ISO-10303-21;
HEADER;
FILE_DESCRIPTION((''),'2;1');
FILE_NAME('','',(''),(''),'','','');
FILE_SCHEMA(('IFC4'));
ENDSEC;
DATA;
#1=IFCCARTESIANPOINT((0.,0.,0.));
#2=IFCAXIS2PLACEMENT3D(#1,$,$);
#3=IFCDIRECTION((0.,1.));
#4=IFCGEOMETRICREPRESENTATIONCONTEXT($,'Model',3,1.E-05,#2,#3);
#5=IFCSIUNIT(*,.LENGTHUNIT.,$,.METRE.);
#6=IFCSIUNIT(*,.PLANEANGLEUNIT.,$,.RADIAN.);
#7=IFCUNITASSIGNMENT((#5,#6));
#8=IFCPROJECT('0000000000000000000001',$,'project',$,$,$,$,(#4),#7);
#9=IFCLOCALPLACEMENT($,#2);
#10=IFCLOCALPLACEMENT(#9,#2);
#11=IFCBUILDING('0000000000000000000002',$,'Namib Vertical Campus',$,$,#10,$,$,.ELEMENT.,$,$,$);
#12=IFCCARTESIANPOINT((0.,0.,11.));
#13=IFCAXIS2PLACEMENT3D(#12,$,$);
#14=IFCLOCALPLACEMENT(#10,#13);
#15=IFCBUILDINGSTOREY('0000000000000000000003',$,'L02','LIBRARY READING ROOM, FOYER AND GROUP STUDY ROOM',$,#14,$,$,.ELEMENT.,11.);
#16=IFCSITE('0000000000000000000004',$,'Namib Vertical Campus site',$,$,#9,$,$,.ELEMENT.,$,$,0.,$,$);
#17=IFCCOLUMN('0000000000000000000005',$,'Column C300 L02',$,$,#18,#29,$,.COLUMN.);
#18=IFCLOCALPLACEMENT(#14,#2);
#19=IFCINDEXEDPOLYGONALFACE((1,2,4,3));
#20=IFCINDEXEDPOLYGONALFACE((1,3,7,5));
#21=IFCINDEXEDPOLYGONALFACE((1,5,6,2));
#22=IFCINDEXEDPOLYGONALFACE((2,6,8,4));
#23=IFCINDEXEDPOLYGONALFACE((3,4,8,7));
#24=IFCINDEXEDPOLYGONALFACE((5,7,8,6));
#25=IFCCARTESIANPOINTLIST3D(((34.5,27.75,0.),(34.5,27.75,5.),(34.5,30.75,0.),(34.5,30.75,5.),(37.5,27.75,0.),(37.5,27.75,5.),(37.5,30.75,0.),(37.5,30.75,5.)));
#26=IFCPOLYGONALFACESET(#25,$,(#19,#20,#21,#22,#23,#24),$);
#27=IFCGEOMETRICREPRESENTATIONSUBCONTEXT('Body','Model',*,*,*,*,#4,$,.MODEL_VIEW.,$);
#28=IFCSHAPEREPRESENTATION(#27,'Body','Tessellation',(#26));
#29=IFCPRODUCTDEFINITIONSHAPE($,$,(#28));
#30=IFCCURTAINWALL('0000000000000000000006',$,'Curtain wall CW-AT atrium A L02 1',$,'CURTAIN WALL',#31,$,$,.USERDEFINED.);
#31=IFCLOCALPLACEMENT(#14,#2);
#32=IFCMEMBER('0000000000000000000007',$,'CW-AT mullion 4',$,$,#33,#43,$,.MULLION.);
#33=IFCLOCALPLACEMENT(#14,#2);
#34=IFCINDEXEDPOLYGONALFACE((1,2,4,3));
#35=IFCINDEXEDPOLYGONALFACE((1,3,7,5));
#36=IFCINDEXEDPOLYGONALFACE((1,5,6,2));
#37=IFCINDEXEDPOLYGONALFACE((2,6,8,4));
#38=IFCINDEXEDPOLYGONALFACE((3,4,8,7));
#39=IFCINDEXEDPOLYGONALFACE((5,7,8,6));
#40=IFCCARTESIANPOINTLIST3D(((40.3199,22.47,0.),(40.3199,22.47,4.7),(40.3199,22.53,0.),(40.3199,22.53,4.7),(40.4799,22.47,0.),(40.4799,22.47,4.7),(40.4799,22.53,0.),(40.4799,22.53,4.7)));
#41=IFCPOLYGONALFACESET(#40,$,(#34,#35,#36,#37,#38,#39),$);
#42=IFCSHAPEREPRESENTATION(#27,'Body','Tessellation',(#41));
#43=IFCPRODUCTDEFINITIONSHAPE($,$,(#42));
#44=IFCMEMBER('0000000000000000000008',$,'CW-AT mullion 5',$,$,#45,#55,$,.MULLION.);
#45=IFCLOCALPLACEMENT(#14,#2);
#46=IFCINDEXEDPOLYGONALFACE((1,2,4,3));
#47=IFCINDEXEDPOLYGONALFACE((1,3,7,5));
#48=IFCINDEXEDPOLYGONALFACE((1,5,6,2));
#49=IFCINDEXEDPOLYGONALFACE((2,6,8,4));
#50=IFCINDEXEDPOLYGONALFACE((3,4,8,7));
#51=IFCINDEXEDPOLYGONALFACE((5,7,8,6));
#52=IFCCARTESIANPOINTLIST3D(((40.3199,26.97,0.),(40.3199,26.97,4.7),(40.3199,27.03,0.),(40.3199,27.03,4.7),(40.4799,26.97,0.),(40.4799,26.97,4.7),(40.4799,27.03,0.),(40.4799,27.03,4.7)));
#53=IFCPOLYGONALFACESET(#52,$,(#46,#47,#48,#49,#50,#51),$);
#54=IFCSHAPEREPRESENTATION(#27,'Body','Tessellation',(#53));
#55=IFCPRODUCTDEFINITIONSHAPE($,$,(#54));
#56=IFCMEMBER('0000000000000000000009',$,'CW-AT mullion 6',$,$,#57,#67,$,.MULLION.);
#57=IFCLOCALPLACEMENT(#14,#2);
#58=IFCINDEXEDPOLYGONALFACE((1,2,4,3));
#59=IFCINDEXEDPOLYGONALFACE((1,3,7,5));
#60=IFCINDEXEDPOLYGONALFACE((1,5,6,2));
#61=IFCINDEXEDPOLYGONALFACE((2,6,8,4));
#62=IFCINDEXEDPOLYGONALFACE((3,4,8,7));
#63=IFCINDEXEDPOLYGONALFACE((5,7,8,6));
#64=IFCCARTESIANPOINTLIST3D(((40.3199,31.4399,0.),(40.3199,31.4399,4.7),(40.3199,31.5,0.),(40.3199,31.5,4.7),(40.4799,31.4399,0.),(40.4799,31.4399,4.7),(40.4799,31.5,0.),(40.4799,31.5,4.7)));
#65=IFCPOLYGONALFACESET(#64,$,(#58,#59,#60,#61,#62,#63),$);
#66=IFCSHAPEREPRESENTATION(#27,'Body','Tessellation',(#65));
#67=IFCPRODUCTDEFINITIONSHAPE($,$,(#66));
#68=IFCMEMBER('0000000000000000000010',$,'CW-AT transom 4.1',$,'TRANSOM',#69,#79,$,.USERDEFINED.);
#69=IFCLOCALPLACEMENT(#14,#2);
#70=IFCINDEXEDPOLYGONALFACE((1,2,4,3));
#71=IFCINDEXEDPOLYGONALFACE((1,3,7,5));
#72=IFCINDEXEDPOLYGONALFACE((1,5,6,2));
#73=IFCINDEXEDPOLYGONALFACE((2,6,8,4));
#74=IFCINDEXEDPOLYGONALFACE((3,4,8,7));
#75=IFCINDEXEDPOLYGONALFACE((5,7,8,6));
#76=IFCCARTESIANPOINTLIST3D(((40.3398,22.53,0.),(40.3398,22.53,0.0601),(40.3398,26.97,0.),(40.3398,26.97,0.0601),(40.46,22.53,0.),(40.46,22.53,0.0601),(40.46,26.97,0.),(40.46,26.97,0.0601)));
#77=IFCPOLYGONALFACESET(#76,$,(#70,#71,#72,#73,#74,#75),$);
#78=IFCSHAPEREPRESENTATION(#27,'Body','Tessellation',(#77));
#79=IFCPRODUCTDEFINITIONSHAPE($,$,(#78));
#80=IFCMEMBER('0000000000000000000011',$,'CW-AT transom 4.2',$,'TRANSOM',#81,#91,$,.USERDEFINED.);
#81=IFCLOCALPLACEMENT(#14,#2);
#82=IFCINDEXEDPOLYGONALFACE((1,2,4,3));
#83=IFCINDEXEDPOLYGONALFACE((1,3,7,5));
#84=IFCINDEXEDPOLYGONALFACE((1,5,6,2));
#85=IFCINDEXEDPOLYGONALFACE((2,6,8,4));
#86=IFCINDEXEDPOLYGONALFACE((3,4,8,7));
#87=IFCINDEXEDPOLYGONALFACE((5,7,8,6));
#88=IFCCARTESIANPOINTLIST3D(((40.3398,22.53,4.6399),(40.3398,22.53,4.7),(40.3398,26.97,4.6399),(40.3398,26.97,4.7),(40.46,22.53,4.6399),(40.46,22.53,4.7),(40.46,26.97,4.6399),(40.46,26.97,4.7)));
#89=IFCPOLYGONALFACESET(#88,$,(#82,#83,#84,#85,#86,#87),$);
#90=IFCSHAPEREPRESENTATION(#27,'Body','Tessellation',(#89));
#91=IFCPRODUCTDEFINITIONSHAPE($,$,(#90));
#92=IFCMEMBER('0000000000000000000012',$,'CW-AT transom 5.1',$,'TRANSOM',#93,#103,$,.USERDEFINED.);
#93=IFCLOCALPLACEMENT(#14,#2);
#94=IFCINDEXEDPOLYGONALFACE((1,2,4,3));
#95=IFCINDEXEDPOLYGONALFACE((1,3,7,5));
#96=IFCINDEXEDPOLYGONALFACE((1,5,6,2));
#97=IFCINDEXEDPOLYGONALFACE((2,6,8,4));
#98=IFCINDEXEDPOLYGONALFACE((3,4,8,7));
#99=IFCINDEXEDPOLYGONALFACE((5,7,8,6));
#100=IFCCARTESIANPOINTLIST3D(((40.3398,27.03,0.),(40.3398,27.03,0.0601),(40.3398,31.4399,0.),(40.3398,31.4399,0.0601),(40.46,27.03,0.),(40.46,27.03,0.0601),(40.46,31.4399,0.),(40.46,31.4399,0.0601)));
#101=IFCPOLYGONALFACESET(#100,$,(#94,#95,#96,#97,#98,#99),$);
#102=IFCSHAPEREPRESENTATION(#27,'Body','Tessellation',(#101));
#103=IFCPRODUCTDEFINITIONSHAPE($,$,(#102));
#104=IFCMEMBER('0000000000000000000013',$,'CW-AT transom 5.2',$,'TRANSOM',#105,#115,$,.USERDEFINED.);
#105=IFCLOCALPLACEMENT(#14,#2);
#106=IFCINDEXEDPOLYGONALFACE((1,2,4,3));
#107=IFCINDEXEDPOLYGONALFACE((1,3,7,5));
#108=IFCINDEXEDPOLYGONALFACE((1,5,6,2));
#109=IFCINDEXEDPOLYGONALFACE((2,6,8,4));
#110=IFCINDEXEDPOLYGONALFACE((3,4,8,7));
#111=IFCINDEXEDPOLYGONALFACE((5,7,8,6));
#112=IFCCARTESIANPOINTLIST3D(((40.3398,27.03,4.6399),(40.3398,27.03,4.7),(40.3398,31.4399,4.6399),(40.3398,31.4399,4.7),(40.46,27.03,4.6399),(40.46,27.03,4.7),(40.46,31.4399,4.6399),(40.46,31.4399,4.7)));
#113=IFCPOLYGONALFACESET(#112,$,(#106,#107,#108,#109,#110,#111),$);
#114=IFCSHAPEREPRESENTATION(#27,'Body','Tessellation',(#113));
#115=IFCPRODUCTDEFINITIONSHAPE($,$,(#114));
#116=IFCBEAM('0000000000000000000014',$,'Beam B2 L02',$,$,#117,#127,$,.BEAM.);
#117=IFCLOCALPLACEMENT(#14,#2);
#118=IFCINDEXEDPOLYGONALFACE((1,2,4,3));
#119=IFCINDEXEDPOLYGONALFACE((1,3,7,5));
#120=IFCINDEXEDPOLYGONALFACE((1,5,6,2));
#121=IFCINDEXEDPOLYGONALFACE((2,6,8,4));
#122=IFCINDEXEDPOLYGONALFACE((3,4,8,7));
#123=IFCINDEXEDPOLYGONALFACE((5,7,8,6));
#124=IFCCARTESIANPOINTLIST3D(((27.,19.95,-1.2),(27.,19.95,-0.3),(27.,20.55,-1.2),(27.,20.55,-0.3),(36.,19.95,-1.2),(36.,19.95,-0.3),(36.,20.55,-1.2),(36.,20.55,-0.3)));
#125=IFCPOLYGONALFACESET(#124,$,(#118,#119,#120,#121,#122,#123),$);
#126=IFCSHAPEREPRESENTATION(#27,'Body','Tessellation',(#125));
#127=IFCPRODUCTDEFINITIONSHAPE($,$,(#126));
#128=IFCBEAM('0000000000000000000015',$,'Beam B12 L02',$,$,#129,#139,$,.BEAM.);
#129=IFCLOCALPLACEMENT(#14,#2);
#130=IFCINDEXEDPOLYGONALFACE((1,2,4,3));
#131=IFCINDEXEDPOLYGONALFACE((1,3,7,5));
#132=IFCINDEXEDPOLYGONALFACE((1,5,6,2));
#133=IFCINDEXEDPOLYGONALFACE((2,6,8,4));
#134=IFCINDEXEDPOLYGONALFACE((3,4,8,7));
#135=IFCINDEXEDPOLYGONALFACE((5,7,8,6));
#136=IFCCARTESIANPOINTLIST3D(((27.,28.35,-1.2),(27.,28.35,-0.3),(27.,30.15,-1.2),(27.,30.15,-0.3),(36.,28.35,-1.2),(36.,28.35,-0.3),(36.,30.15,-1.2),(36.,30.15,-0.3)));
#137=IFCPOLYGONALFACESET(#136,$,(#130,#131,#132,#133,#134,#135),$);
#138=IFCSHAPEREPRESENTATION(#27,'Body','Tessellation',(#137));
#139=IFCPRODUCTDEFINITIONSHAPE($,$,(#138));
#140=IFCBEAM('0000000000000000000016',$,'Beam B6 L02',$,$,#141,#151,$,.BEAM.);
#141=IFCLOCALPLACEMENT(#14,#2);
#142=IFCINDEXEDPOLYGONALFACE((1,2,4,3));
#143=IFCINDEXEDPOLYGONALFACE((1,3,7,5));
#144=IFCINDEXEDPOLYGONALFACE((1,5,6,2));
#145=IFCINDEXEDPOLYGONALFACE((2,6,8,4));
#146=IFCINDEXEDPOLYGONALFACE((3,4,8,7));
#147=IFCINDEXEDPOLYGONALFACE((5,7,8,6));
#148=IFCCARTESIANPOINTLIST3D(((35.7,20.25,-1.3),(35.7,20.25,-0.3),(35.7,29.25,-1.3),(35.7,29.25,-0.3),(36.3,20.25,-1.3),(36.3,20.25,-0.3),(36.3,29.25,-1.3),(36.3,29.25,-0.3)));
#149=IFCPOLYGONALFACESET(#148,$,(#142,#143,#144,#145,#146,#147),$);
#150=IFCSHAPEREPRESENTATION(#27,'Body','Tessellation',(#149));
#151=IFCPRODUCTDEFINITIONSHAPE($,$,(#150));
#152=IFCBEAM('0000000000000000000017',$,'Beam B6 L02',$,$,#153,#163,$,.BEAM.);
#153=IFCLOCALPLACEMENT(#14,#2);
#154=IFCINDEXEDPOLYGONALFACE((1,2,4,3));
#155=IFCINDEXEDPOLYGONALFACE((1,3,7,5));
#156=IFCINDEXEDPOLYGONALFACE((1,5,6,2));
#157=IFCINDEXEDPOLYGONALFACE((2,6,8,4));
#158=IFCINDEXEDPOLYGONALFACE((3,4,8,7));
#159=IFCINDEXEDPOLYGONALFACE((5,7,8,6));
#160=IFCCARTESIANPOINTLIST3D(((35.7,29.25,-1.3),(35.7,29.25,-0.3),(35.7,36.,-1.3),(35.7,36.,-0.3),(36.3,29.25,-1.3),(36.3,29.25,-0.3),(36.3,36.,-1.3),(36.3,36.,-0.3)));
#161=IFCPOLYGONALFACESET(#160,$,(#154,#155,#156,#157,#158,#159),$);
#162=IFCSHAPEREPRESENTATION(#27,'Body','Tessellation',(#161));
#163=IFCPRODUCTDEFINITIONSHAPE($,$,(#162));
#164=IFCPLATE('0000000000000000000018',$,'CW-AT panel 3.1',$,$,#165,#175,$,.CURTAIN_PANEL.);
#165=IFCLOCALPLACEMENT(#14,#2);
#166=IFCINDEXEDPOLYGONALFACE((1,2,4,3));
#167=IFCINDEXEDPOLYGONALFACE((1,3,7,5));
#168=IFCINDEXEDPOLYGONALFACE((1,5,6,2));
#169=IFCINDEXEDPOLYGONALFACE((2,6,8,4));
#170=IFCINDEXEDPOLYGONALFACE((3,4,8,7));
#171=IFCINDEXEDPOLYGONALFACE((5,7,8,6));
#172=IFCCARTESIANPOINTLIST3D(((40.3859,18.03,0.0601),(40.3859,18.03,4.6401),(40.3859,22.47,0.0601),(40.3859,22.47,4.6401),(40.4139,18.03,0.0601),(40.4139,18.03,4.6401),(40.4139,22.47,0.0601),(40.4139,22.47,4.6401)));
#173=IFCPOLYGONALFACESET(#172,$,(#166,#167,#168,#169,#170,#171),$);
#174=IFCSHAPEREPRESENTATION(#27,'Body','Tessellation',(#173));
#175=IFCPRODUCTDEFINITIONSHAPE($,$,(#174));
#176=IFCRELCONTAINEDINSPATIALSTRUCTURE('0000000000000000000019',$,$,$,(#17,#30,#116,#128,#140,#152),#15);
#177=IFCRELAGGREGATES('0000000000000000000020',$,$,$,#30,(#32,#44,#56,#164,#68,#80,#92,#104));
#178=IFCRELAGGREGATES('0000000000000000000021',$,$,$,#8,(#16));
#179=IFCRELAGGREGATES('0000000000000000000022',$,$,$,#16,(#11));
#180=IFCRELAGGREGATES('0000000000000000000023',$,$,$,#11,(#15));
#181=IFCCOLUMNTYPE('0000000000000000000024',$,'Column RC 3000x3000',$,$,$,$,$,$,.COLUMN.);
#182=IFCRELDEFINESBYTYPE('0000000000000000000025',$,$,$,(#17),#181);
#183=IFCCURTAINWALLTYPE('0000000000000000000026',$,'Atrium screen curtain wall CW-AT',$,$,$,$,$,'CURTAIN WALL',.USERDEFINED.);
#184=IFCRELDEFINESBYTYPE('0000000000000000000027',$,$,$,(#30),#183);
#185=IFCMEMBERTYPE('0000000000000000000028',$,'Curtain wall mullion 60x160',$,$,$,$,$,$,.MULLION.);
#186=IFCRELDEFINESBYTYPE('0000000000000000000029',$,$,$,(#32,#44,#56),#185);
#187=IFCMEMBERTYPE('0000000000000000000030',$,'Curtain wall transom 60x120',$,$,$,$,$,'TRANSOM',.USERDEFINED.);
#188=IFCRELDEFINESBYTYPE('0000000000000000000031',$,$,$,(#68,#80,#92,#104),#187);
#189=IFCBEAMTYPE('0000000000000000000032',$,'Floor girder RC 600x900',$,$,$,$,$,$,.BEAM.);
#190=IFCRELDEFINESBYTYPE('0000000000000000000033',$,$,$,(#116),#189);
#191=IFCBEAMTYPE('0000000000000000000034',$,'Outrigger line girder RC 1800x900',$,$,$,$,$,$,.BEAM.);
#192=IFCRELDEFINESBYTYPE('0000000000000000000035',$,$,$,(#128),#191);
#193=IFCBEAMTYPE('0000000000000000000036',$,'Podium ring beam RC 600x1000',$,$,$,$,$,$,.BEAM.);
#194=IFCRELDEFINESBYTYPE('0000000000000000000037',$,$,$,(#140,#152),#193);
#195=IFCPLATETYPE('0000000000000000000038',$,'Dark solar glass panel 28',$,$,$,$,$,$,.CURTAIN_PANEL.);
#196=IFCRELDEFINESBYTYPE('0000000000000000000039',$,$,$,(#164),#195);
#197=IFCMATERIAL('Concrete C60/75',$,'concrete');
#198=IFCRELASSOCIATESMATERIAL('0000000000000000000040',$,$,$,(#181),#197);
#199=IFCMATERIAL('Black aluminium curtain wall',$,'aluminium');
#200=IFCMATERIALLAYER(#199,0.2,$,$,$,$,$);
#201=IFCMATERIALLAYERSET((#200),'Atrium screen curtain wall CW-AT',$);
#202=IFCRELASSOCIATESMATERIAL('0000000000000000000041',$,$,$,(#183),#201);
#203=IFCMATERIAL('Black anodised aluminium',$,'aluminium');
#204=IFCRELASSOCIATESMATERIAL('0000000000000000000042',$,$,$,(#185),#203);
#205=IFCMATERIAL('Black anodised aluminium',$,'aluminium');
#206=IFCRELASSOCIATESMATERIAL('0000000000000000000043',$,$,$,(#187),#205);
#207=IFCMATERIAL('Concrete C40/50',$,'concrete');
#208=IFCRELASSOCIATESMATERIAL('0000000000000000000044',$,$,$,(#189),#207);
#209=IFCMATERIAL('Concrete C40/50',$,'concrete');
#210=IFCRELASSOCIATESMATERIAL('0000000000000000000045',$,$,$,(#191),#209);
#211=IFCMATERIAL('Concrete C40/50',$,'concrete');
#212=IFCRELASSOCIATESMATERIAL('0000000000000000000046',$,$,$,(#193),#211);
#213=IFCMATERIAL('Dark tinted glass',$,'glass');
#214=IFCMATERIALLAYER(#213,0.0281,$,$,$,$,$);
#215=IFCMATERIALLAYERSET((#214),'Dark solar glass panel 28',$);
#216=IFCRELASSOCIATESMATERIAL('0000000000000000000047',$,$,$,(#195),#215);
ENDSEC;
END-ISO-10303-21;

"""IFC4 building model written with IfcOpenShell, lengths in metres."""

from ifc_helpers import new_model, si_unit, direction, frame, origin, origin_2d, place, context, subcontext, project, spatial, rectangle, extrude, material, layer, layer_set, material_profile, profile_set, type_object, element, aggregate, save


model = new_model("IFC4")

# Units and contexts
model_context = context("Model", 3, precision=1e-05, world=origin(), true_north=direction((0.0, 1.0)))
body_context = subcontext(model_context, "Body", "Model", "MODEL_VIEW")
ifc_project = project(units=[si_unit("LENGTHUNIT", "METRE"), si_unit("PLANEANGLEUNIT", "RADIAN")], contexts=[model_context])

# Site, building, storey
site_placement = place(None, origin())
site = spatial("IfcSite", under=ifc_project, at=site_placement, Name="Namib Vertical Campus site", CompositionType="ELEMENT", RefElevation=0.0)
building_placement = place(site_placement, origin())
building = spatial("IfcBuilding", under=site, at=building_placement, Name="Namib Vertical Campus", CompositionType="ELEMENT")
storey_placement = place(building_placement, frame((0.0, 0.0, 11.0)))
storey = spatial("IfcBuildingStorey", under=building, at=storey_placement, Name="L02", Description="LIBRARY READING ROOM, FOYER AND GROUP STUDY ROOM", CompositionType="ELEMENT", Elevation=11.0)

# Column
ifc_material_1 = material(Name="Concrete C60/75", Category="concrete")
ifc_material_profile_1 = material_profile(ifc_material_1, rectangle(XDim=3.0, YDim=3.0, at=origin_2d()))
ifc_profile_set_1 = profile_set([ifc_material_profile_1], Name="Concrete C60/75")
column_type = type_object("IfcColumnType", Name="Column RC 3000x3000", PredefinedType="COLUMN", material=ifc_profile_set_1)
column_placement = place(storey_placement, frame((36.0, 29.25, 0.0), z_axis=(0.0, 0.0, 1.0), x_axis=(1.0, 0.0, 0.0)))
element("IfcColumn", 1, at=column_placement, inside=storey, type_object=column_type, Name="Column C300 L02", PredefinedType="COLUMN", context=body_context, shape_type="SweptSolid", body=[
    extrude(rectangle(XDim=3.0, YDim=3.0, at=origin_2d()), origin(), (0.0, 0.0, 1.0), 5.0),
])

# Curtain wall, members
ifc_material_2 = material(Name="Black aluminium curtain wall", Category="aluminium")
ifc_layer_1 = layer(ifc_material_2, 0.2)
ifc_layer_set_1 = layer_set([ifc_layer_1], Name="Atrium screen curtain wall CW-AT")
curtain_wall_type = type_object("IfcCurtainWallType", Name="Atrium screen curtain wall CW-AT", ElementType="CURTAIN WALL", PredefinedType="USERDEFINED", material=ifc_layer_set_1)
curtain_wall_placement = place(storey_placement, origin())
curtain_wall = element("IfcCurtainWall", 2, at=curtain_wall_placement, inside=storey, type_object=curtain_wall_type, Name="Curtain wall CW-AT atrium A L02 1", ObjectType="CURTAIN WALL", PredefinedType="USERDEFINED")
ifc_material_3 = material(Name="Black anodised aluminium", Category="aluminium")
ifc_material_profile_2 = material_profile(ifc_material_3, rectangle(XDim=0.0601, YDim=0.1599, at=origin_2d()))
ifc_profile_set_2 = profile_set([ifc_material_profile_2], Name="Black anodised aluminium")
member_type_1 = type_object("IfcMemberType", Name="Curtain wall mullion 60x160", PredefinedType="MULLION", material=ifc_profile_set_2)
member_1_placement = place(storey_placement, frame((40.3999, 22.5, 0.0), z_axis=(0.0, 0.0, 1.0), x_axis=(0.0, 1.0, 0.0)))
member_1 = element("IfcMember", 3, at=member_1_placement, type_object=member_type_1, Name="CW-AT mullion 4", PredefinedType="MULLION", context=body_context, shape_type="SweptSolid", body=[
    extrude(rectangle(XDim=0.0601, YDim=0.1599, at=origin_2d()), origin(), (0.0, 0.0, 1.0), 4.7),
])
member_2_placement = place(storey_placement, frame((40.3999, 27.0, 0.0), z_axis=(0.0, 0.0, 1.0), x_axis=(0.0, 1.0, 0.0)))
member_2 = element("IfcMember", 4, at=member_2_placement, type_object=member_type_1, Name="CW-AT mullion 5", PredefinedType="MULLION", context=body_context, shape_type="SweptSolid", body=[
    extrude(rectangle(XDim=0.0601, YDim=0.1599, at=origin_2d()), origin(), (0.0, 0.0, 1.0), 4.7),
])
member_3_placement = place(storey_placement, frame((40.3999, 31.47, 0.0), z_axis=(0.0, 0.0, 1.0), x_axis=(0.0, 1.0, 0.0)))
member_3 = element("IfcMember", 5, at=member_3_placement, type_object=member_type_1, Name="CW-AT mullion 6", PredefinedType="MULLION", context=body_context, shape_type="SweptSolid", body=[
    extrude(rectangle(XDim=0.0601, YDim=0.1599, at=origin_2d()), origin(), (0.0, 0.0, 1.0), 4.7),
])
ifc_material_4 = material(Name="Black anodised aluminium", Category="aluminium")
ifc_material_profile_3 = material_profile(ifc_material_4, rectangle(XDim=0.0601, YDim=0.1201, at=origin_2d()))
ifc_profile_set_3 = profile_set([ifc_material_profile_3], Name="Black anodised aluminium")
member_type_2 = type_object("IfcMemberType", Name="Curtain wall transom 60x120", ElementType="TRANSOM", PredefinedType="USERDEFINED", material=ifc_profile_set_3)
member_4_placement = place(storey_placement, frame((40.3999, 22.53, 0.03), z_axis=(0.0, 1.0, 0.0), x_axis=(0.0, 0.0, 1.0)))
member_4 = element("IfcMember", 6, at=member_4_placement, type_object=member_type_2, Name="CW-AT transom 4.1", ObjectType="TRANSOM", PredefinedType="USERDEFINED", context=body_context, shape_type="SweptSolid", body=[
    extrude(rectangle(XDim=0.0601, YDim=0.1201, at=origin_2d()), origin(), (0.0, 0.0, 1.0), 4.4399),
])
member_5_placement = place(storey_placement, frame((40.3999, 22.53, 4.6699), z_axis=(0.0, 1.0, 0.0), x_axis=(0.0, 0.0, 1.0)))
member_5 = element("IfcMember", 7, at=member_5_placement, type_object=member_type_2, Name="CW-AT transom 4.2", ObjectType="TRANSOM", PredefinedType="USERDEFINED", context=body_context, shape_type="SweptSolid", body=[
    extrude(rectangle(XDim=0.0601, YDim=0.1201, at=origin_2d()), origin(), (0.0, 0.0, 1.0), 4.4399),
])
member_6_placement = place(storey_placement, frame((40.3999, 27.03, 0.03), z_axis=(0.0, 1.0, 0.0), x_axis=(0.0, 0.0, 1.0)))
member_6 = element("IfcMember", 8, at=member_6_placement, type_object=member_type_2, Name="CW-AT transom 5.1", ObjectType="TRANSOM", PredefinedType="USERDEFINED", context=body_context, shape_type="SweptSolid", body=[
    extrude(rectangle(XDim=0.0601, YDim=0.1201, at=origin_2d()), origin(), (0.0, 0.0, 1.0), 4.4099),
])
member_7_placement = place(storey_placement, frame((40.3999, 27.03, 4.6699), z_axis=(0.0, 1.0, 0.0), x_axis=(0.0, 0.0, 1.0)))
member_7 = element("IfcMember", 9, at=member_7_placement, type_object=member_type_2, Name="CW-AT transom 5.2", ObjectType="TRANSOM", PredefinedType="USERDEFINED", context=body_context, shape_type="SweptSolid", body=[
    extrude(rectangle(XDim=0.0601, YDim=0.1201, at=origin_2d()), origin(), (0.0, 0.0, 1.0), 4.4099),
])

# Beams
ifc_material_5 = material(Name="Concrete C40/50", Category="concrete")
ifc_material_profile_4 = material_profile(ifc_material_5, rectangle(XDim=0.6001, YDim=0.8999, at=origin_2d()))
ifc_profile_set_4 = profile_set([ifc_material_profile_4], Name="Concrete C40/50")
beam_type_1 = type_object("IfcBeamType", Name="Floor girder RC 600x900", PredefinedType="BEAM", material=ifc_profile_set_4)
beam_1_placement = place(storey_placement, frame((36.0, 20.25, -0.75), z_axis=(-1.0, 0.0, 0.0), x_axis=(0.0, -1.0, 0.0)))
element("IfcBeam", 10, at=beam_1_placement, inside=storey, type_object=beam_type_1, Name="Beam B2 L02", PredefinedType="BEAM", context=body_context, shape_type="SweptSolid", body=[
    extrude(rectangle(XDim=0.6001, YDim=0.8999, at=origin_2d()), origin(), (0.0, 0.0, 1.0), 9.0),
])
ifc_material_6 = material(Name="Concrete C40/50", Category="concrete")
ifc_material_profile_5 = material_profile(ifc_material_6, rectangle(XDim=1.8, YDim=0.8999, at=origin_2d()))
ifc_profile_set_5 = profile_set([ifc_material_profile_5], Name="Concrete C40/50")
beam_type_2 = type_object("IfcBeamType", Name="Outrigger line girder RC 1800x900", PredefinedType="BEAM", material=ifc_profile_set_5)
beam_2_placement = place(storey_placement, frame((36.0, 29.25, -0.75), z_axis=(-1.0, 0.0, 0.0), x_axis=(0.0, -1.0, 0.0)))
element("IfcBeam", 11, at=beam_2_placement, inside=storey, type_object=beam_type_2, Name="Beam B12 L02", PredefinedType="BEAM", context=body_context, shape_type="SweptSolid", body=[
    extrude(rectangle(XDim=1.8, YDim=0.8999, at=origin_2d()), origin(), (0.0, 0.0, 1.0), 9.0),
])
ifc_material_7 = material(Name="Concrete C40/50", Category="concrete")
ifc_material_profile_6 = material_profile(ifc_material_7, rectangle(XDim=0.6001, YDim=1.0, at=origin_2d()))
ifc_profile_set_6 = profile_set([ifc_material_profile_6], Name="Concrete C40/50")
beam_type_3 = type_object("IfcBeamType", Name="Podium ring beam RC 600x1000", PredefinedType="BEAM", material=ifc_profile_set_6)
beam_3_placement = place(storey_placement, frame((36.0, 20.25, -0.8), z_axis=(0.0, 1.0, 0.0), x_axis=(-1.0, 0.0, 0.0)))
element("IfcBeam", 12, at=beam_3_placement, inside=storey, type_object=beam_type_3, Name="Beam B6 L02", PredefinedType="BEAM", context=body_context, shape_type="SweptSolid", body=[
    extrude(rectangle(XDim=0.6001, YDim=1.0, at=origin_2d()), origin(), (0.0, 0.0, 1.0), 9.0),
])
beam_4_placement = place(storey_placement, frame((36.0, 29.25, -0.8), z_axis=(0.0, 1.0, 0.0), x_axis=(-1.0, 0.0, 0.0)))
element("IfcBeam", 13, at=beam_4_placement, inside=storey, type_object=beam_type_3, Name="Beam B6 L02", PredefinedType="BEAM", context=body_context, shape_type="SweptSolid", body=[
    extrude(rectangle(XDim=0.6001, YDim=1.0, at=origin_2d()), origin(), (0.0, 0.0, 1.0), 6.75),
])

# Plate
ifc_material_8 = material(Name="Dark tinted glass", Category="glass")
ifc_layer_2 = layer(ifc_material_8, 0.0281)
ifc_layer_set_2 = layer_set([ifc_layer_2], Name="Dark solar glass panel 28")
plate_type = type_object("IfcPlateType", Name="Dark solar glass panel 28", PredefinedType="CURTAIN_PANEL", material=ifc_layer_set_2)
plate_1_placement = place(storey_placement, frame((40.3999, 20.25, 0.0601), z_axis=(0.0, 0.0, 1.0), x_axis=(0.0, 1.0, 0.0)))
plate_1 = element("IfcPlate", 14, at=plate_1_placement, type_object=plate_type, Name="CW-AT panel 3.1", PredefinedType="CURTAIN_PANEL", context=body_context, shape_type="SweptSolid", body=[
    extrude(rectangle(XDim=4.4399, YDim=0.0281, at=origin_2d()), origin(), (0.0, 0.0, 1.0), 4.5801),
])
aggregate(curtain_wall, [member_1, member_2, member_3, plate_1, member_4, member_5, member_6, member_7])

save(model, "model.ifc")
